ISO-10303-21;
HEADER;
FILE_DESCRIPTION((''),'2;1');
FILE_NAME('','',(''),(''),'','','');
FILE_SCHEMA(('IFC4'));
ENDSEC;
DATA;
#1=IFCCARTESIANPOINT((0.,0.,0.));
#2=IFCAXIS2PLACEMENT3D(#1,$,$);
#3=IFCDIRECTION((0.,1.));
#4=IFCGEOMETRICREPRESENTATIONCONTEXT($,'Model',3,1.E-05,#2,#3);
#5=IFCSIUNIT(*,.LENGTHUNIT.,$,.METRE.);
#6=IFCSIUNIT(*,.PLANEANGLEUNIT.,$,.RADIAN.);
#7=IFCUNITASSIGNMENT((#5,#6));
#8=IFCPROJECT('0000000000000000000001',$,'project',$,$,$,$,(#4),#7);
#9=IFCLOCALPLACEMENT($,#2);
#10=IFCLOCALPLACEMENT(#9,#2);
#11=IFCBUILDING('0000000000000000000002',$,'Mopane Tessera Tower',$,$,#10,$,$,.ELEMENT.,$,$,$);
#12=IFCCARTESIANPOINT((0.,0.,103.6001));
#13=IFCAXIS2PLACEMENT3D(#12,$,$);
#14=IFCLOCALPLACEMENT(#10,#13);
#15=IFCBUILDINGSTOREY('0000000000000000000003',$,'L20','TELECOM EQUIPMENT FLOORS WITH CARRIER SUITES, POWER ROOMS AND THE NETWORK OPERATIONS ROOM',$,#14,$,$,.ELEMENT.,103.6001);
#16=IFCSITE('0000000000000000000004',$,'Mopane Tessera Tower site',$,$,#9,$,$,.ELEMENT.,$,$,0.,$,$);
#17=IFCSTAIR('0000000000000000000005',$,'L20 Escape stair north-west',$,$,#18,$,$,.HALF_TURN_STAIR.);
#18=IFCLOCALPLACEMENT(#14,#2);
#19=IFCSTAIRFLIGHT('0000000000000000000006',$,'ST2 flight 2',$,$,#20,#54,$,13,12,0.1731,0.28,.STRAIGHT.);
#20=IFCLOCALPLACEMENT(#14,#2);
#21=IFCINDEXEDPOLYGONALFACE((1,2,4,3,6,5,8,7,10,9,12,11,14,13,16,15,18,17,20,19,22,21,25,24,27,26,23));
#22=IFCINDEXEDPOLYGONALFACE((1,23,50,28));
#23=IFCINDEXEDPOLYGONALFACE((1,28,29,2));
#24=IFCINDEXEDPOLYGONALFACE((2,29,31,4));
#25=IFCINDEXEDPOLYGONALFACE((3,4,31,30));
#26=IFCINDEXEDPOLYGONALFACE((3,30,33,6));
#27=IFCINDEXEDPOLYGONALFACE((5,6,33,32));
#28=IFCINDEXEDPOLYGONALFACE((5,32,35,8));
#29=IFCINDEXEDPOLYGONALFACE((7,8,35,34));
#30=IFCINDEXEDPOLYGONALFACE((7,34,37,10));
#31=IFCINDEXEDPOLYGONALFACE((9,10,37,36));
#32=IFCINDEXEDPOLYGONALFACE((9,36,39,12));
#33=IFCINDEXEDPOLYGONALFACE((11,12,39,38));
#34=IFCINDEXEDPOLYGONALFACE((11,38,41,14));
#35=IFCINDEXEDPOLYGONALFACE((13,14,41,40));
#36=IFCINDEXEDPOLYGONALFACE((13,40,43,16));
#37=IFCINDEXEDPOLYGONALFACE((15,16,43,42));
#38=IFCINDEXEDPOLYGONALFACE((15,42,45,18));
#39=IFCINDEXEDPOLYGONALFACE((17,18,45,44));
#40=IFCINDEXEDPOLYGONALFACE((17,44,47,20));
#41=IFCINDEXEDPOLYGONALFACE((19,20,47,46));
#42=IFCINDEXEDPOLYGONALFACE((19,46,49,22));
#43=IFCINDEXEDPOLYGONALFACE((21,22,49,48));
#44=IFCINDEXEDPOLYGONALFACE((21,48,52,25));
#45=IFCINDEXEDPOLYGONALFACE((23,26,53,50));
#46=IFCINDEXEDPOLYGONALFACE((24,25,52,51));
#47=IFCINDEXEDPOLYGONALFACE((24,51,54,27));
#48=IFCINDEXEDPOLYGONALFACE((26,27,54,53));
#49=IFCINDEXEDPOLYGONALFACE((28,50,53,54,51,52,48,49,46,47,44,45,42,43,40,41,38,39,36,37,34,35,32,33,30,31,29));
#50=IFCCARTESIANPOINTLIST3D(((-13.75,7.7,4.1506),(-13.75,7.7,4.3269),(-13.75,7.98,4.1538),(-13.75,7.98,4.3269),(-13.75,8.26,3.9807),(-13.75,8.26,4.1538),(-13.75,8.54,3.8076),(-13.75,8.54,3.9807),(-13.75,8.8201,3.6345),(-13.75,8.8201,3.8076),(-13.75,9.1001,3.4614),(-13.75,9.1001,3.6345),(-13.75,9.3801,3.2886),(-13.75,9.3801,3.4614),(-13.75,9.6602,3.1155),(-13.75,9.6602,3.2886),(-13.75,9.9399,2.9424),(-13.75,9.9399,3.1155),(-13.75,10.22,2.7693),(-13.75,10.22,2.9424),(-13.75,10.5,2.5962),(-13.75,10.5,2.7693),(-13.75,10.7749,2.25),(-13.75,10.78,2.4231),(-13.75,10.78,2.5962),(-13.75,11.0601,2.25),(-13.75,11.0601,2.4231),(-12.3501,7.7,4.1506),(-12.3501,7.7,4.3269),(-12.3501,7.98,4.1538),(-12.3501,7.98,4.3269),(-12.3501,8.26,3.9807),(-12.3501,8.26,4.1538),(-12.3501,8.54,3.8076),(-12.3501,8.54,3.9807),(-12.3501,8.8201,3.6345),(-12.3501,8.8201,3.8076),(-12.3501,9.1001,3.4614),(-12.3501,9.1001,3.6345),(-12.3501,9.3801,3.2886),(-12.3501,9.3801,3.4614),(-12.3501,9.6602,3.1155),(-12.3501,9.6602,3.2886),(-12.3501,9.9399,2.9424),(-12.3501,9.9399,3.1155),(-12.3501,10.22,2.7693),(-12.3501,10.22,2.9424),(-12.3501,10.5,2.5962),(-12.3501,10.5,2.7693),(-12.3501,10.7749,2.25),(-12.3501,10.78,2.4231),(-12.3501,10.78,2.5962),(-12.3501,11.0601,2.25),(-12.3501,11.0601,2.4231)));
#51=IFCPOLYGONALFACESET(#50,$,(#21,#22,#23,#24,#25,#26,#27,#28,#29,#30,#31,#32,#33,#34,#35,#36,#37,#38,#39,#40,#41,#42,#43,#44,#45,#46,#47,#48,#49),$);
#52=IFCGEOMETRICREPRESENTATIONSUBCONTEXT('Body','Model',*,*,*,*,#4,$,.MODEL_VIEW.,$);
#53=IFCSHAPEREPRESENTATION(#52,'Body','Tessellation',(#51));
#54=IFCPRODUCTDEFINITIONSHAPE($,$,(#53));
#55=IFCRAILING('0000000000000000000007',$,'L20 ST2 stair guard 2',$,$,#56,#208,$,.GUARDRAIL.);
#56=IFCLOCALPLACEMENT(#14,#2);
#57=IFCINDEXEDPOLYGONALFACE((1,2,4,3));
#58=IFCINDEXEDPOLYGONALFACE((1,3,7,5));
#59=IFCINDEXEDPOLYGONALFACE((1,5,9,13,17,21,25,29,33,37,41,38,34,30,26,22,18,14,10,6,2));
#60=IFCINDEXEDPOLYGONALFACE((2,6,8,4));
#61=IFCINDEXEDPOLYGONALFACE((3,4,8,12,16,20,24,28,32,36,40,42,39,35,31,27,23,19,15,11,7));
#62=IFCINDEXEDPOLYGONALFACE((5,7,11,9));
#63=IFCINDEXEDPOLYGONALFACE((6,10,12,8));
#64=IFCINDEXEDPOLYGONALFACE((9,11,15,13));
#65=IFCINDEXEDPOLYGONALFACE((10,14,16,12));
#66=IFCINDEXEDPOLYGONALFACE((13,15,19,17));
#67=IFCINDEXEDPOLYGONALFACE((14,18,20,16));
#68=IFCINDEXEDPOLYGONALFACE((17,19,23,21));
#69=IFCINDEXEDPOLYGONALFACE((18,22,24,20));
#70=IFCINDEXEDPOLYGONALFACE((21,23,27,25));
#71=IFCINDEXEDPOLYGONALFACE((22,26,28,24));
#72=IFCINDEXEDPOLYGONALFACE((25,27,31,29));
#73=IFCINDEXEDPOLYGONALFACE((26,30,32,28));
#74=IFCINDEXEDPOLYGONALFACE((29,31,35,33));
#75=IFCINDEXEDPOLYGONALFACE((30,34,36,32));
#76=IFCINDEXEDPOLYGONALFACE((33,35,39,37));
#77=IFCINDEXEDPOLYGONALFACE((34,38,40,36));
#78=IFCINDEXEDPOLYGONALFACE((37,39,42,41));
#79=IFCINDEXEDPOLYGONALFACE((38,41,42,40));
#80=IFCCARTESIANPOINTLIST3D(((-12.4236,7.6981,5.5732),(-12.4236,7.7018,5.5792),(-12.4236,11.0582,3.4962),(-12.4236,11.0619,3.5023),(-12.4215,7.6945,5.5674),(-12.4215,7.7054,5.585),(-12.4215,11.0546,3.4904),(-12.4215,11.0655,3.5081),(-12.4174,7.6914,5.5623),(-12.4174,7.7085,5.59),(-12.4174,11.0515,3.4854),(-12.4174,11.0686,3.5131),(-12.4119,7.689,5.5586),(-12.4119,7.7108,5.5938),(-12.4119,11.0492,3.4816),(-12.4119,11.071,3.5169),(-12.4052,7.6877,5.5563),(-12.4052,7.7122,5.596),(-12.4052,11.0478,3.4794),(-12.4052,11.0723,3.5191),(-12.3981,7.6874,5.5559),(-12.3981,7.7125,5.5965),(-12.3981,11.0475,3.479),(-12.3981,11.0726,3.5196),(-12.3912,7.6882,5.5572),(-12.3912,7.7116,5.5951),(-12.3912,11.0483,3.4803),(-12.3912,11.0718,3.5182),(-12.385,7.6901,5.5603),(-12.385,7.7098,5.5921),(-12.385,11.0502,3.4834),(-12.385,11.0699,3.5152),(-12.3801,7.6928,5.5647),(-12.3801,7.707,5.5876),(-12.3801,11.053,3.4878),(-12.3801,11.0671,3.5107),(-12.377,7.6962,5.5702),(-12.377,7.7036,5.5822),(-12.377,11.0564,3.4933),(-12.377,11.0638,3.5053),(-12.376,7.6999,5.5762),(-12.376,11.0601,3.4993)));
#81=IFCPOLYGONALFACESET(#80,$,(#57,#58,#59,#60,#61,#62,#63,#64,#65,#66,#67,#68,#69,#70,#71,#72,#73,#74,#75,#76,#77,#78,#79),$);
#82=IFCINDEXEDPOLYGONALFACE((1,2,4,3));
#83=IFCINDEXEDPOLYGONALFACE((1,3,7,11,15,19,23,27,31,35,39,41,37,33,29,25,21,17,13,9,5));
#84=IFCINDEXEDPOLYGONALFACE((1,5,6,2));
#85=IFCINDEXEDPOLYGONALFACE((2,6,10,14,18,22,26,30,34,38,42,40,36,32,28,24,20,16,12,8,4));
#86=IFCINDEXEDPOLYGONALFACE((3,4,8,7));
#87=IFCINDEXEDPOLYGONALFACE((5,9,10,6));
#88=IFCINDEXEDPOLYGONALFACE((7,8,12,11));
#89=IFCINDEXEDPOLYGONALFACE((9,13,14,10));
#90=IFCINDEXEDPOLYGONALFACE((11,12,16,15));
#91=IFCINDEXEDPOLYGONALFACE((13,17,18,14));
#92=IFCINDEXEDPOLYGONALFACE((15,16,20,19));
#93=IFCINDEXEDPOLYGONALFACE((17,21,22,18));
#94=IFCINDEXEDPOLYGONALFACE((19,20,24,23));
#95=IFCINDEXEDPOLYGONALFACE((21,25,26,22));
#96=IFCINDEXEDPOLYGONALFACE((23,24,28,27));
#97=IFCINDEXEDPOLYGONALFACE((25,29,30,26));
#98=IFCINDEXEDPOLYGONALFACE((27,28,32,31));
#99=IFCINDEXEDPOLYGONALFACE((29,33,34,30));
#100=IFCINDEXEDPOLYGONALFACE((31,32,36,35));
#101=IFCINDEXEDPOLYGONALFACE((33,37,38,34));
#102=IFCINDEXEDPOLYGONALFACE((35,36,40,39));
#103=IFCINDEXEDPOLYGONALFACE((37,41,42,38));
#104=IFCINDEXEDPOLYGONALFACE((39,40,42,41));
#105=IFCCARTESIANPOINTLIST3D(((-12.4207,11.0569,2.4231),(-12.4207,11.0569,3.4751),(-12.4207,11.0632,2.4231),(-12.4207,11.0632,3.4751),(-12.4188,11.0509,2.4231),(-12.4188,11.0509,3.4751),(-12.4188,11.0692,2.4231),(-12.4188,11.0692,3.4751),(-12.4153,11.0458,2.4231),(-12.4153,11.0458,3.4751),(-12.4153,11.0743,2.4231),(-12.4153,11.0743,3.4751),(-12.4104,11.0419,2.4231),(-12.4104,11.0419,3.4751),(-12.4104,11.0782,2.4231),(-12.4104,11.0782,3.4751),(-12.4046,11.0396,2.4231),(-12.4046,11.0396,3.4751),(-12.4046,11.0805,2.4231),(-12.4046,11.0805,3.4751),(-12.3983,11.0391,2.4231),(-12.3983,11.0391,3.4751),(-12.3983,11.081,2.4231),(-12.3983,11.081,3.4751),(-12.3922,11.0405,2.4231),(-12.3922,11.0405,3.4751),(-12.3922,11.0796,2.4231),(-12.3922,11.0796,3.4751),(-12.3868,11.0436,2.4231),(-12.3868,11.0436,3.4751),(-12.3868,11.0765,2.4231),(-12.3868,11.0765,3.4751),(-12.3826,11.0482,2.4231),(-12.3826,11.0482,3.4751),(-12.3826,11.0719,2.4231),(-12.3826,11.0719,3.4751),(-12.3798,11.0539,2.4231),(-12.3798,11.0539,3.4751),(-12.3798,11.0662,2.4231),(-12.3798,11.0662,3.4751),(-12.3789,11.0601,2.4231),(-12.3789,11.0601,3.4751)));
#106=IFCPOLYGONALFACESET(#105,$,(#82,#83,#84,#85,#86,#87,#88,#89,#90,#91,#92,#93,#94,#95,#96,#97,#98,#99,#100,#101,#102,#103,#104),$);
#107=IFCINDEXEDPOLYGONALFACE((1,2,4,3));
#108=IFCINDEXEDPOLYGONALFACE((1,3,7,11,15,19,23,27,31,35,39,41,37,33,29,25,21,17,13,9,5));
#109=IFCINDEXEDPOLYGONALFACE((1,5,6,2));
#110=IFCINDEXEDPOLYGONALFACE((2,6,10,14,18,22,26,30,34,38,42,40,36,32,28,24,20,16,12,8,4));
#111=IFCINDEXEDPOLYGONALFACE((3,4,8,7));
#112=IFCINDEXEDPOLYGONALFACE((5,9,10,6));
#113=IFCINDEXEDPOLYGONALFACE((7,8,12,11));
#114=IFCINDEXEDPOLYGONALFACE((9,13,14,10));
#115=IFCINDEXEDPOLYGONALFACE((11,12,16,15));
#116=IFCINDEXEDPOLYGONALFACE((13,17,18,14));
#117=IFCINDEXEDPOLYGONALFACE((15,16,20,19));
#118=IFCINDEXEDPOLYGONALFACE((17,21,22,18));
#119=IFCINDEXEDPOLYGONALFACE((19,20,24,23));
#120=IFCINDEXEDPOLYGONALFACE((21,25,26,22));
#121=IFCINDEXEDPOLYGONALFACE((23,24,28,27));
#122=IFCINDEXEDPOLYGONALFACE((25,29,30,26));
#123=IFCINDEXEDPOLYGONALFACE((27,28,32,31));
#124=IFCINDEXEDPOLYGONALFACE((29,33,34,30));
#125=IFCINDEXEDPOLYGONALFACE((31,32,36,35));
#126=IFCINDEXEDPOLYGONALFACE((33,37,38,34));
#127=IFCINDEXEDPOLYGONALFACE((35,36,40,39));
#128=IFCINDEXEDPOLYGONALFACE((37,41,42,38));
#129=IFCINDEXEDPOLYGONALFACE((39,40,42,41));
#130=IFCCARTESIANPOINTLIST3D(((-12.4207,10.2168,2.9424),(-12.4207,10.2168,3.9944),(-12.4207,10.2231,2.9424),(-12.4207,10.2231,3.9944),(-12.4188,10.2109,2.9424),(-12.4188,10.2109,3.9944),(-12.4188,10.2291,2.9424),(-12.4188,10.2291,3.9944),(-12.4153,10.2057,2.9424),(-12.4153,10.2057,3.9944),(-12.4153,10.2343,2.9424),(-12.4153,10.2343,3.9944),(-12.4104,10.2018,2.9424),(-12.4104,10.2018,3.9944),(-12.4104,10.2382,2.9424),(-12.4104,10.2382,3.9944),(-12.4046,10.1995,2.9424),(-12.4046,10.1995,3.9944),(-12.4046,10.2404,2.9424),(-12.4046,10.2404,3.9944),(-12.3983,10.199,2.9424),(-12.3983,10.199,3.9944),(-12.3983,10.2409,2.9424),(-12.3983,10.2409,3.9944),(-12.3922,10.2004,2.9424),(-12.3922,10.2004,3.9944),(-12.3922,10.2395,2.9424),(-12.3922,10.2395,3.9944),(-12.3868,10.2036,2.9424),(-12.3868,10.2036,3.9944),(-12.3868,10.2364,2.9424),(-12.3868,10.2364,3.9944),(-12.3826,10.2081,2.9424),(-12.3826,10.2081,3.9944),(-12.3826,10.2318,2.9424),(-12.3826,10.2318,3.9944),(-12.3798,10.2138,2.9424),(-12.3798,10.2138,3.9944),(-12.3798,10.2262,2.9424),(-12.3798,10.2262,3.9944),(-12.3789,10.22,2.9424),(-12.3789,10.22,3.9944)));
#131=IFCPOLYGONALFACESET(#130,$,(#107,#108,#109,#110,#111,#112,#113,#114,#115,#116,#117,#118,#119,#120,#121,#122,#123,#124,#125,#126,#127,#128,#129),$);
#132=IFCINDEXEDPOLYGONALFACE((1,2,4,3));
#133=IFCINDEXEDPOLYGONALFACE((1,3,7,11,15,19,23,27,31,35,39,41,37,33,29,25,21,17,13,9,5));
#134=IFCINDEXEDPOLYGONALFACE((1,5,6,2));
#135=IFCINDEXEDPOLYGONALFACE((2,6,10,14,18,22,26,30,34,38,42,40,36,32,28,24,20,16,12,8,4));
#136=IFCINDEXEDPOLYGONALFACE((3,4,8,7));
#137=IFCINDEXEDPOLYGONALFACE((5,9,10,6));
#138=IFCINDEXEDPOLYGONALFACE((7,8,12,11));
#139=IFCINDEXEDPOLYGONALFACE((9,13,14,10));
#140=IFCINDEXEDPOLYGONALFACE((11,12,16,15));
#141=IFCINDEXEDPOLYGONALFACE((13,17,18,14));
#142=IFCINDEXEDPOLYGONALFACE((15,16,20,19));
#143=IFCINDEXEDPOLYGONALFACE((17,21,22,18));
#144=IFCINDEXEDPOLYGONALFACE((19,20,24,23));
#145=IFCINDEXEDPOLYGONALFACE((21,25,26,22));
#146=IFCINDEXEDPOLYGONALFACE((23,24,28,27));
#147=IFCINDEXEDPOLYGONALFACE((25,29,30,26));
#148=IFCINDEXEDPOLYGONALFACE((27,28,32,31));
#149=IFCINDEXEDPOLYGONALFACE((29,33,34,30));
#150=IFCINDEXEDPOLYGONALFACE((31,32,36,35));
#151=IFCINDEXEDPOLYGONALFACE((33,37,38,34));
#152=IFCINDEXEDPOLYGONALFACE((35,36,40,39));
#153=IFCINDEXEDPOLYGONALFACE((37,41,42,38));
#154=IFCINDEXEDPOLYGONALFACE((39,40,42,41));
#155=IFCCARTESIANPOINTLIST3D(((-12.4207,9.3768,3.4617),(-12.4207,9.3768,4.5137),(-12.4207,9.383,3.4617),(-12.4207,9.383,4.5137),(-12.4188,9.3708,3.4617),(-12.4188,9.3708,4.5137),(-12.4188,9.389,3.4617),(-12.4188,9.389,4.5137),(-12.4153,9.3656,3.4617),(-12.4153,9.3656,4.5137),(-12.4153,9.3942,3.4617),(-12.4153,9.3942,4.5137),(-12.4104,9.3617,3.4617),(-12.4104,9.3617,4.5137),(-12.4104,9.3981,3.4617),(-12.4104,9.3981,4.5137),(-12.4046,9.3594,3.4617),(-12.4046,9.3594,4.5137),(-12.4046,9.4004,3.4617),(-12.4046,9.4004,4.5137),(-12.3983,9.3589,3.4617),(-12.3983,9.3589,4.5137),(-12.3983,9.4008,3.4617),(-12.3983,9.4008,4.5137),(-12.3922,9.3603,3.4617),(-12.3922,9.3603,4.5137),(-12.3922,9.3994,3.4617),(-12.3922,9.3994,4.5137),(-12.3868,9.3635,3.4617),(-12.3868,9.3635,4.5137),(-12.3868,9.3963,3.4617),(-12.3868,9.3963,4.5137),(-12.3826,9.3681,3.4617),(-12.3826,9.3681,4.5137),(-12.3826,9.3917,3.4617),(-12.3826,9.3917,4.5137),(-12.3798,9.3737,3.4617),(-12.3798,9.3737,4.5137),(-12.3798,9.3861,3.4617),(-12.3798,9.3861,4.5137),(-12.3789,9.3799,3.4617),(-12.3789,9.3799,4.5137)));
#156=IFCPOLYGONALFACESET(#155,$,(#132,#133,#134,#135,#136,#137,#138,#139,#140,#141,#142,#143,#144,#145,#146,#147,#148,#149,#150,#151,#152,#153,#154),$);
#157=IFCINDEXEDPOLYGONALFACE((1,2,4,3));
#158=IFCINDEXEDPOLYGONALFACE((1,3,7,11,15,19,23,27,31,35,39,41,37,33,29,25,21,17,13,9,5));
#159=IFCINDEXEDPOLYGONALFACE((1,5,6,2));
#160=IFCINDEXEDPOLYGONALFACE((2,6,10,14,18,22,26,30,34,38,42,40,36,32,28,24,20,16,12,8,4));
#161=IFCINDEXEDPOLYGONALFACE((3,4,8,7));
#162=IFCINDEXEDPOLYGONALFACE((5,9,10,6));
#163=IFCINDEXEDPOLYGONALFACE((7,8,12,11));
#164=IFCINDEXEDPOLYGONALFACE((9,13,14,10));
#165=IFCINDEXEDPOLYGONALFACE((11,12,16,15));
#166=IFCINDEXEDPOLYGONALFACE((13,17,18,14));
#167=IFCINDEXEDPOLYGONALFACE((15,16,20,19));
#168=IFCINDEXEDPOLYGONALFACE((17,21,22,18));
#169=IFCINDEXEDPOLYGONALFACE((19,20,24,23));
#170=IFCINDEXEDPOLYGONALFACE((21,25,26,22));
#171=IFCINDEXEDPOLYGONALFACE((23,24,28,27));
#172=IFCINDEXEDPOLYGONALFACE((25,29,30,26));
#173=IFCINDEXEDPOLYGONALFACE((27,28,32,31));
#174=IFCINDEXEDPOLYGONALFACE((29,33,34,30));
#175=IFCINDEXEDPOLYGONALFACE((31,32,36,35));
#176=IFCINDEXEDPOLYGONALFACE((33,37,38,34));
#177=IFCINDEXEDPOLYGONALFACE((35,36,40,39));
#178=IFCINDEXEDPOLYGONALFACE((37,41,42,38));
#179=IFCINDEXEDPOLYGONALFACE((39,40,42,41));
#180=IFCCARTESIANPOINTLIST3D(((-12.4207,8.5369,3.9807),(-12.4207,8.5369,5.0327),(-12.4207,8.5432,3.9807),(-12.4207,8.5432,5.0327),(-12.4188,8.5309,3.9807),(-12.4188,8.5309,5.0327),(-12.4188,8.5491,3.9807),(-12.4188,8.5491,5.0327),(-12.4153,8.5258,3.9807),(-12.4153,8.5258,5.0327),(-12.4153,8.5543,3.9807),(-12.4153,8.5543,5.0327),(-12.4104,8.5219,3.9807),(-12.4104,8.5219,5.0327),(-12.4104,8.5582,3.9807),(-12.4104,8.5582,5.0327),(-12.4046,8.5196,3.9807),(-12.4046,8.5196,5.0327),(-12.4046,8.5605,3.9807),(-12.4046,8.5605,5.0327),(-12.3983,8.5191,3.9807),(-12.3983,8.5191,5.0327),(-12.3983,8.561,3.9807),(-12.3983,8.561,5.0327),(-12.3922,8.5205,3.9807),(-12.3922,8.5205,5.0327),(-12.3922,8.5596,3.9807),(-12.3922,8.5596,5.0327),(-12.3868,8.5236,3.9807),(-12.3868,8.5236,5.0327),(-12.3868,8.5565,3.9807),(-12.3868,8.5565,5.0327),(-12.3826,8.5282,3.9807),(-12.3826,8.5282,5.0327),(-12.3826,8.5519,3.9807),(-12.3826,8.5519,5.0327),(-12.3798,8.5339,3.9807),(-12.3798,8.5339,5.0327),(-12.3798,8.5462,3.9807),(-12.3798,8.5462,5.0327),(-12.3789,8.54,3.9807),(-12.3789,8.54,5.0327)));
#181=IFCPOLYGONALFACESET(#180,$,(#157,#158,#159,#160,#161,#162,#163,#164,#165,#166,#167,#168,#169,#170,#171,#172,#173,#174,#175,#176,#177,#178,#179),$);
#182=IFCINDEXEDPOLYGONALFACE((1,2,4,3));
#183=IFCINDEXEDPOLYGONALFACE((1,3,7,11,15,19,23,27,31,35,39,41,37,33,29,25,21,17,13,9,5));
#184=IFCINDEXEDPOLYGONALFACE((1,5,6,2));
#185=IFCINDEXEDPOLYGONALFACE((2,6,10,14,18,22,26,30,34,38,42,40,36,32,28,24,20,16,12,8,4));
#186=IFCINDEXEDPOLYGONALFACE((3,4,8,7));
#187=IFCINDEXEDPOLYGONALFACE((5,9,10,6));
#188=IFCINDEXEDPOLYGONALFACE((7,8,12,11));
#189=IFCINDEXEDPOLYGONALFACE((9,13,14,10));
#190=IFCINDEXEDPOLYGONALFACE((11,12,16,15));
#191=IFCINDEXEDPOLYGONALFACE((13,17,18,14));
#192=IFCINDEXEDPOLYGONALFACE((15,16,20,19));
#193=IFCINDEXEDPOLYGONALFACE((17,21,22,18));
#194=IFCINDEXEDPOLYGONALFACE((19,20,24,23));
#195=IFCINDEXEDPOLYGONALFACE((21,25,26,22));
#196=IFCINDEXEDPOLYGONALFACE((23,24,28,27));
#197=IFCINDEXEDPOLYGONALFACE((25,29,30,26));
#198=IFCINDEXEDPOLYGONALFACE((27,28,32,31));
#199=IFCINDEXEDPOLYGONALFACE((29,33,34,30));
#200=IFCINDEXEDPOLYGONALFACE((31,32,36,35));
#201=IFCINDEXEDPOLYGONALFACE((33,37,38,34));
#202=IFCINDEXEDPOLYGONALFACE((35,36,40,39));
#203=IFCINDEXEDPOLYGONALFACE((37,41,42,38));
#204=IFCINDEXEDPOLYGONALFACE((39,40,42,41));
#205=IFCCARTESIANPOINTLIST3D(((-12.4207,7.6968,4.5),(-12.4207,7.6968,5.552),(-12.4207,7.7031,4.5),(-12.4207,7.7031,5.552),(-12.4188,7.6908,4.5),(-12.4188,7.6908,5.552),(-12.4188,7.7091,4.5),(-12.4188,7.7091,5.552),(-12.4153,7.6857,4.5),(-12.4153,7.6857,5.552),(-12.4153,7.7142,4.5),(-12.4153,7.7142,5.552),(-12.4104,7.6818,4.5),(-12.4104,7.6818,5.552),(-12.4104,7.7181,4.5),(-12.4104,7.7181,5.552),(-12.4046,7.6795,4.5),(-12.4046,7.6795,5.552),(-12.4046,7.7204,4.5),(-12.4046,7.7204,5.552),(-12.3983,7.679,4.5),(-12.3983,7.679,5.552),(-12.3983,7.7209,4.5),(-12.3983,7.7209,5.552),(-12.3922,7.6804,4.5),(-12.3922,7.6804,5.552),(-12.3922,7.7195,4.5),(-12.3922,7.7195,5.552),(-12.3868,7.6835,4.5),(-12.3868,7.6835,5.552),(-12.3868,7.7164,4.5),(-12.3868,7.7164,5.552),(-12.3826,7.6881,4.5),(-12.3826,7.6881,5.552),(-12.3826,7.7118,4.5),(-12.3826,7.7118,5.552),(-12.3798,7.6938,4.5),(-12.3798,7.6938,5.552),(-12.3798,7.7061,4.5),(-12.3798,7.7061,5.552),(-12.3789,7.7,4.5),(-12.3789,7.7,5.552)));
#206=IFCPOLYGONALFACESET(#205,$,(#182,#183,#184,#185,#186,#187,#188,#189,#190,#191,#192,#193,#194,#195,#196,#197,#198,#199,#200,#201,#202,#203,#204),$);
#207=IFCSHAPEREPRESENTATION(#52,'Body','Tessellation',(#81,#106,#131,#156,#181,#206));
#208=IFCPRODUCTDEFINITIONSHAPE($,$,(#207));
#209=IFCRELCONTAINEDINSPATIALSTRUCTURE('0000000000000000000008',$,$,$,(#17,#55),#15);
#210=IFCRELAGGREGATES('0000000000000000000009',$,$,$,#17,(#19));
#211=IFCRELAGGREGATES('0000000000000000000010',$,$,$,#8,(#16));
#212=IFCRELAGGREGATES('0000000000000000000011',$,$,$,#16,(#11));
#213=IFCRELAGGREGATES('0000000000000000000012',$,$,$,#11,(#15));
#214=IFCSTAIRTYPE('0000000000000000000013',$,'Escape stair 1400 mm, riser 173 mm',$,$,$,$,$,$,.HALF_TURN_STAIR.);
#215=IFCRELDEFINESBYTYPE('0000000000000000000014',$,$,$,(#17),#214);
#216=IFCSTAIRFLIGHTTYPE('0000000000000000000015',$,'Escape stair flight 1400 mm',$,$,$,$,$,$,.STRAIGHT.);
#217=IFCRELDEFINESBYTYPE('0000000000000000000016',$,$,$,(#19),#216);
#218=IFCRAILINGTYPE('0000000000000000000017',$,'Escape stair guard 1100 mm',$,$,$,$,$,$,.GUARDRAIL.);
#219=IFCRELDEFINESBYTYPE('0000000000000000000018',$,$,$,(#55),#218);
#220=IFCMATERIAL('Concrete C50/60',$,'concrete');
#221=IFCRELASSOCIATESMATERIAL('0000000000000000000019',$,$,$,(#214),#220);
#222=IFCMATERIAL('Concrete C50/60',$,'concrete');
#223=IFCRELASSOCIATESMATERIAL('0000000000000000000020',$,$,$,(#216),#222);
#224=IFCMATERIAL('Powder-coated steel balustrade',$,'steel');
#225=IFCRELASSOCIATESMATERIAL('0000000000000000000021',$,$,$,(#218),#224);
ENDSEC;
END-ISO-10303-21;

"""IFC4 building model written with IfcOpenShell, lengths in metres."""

from ifc_helpers import new_model, si_unit, direction, frame, origin, origin_2d, place, context, subcontext, project, spatial, polyline, circle, outline, extrude, material, type_object, element, aggregate, save


model = new_model("IFC4")

# Units and contexts
model_context = context("Model", 3, precision=1e-05, world=origin(), true_north=direction((0.0, 1.0)))
body_context = subcontext(model_context, "Body", "Model", "MODEL_VIEW")
ifc_project = project(units=[si_unit("LENGTHUNIT", "METRE"), si_unit("PLANEANGLEUNIT", "RADIAN")], contexts=[model_context])

# Site, building, storey
site_placement = place(None, origin())
site = spatial("IfcSite", under=ifc_project, at=site_placement, Name="Mopane Tessera Tower site", CompositionType="ELEMENT", RefElevation=0.0)
building_placement = place(site_placement, origin())
building = spatial("IfcBuilding", under=site, at=building_placement, Name="Mopane Tessera Tower", CompositionType="ELEMENT")
storey_placement = place(building_placement, frame((0.0, 0.0, 103.6001)))
storey = spatial("IfcBuildingStorey", under=building, at=storey_placement, Name="L20", Description="TELECOM EQUIPMENT FLOORS WITH CARRIER SUITES, POWER ROOMS AND THE NETWORK OPERATIONS ROOM", CompositionType="ELEMENT", Elevation=103.6001)

# Stair, stair flight
ifc_material_1 = material(Name="Concrete C50/60", Category="concrete")
stair_type = type_object("IfcStairType", Name="Escape stair 1400 mm, riser 173 mm", PredefinedType="HALF_TURN_STAIR", material=ifc_material_1)
stair_placement = place(storey_placement, origin())
stair = element("IfcStair", 1, at=stair_placement, inside=storey, type_object=stair_type, Name="L20 Escape stair north-west", PredefinedType="HALF_TURN_STAIR")
ifc_material_2 = material(Name="Concrete C50/60", Category="concrete")
stair_flight_type = type_object("IfcStairFlightType", Name="Escape stair flight 1400 mm", PredefinedType="STRAIGHT", material=ifc_material_2)
stair_flight_placement = place(storey_placement, frame((-13.05, 11.0601, 2.25), z_axis=(0.0, 0.0, 1.0), x_axis=(0.0, -1.0, 0.0)))
stair_flight = element("IfcStairFlight", 2, at=stair_flight_placement, type_object=stair_flight_type, Name="ST2 flight 2", NumberOfRisers=13, NumberOfTreads=12, PredefinedType="STRAIGHT", RiserHeight=0.1731, TreadLength=0.28, context=body_context, shape_type="SweptSolid", body=[
    extrude(outline(polyline([(0.0, 0.0), (0.0, 0.1731), (0.28, 0.1731), (0.28, 0.3462), (0.5601, 0.3462), (0.5601, 0.5193), (0.8401, 0.5193), (0.8401, 0.6924), (1.1201, 0.6924), (1.1201, 0.8655), (1.3999, 0.8655), (1.3999, 1.0386), (1.6799, 1.0386), (1.6799, 1.2114), (1.96, 1.2114), (1.96, 1.3845), (2.24, 1.3845), (2.24, 1.5576), (2.52, 1.5576), (2.52, 1.7307), (2.8, 1.7307), (2.8, 1.9038), (3.0801, 1.9038), (3.0801, 2.0769), (3.3601, 2.0769), (3.3601, 2.25), (3.3601, 1.9006), (0.2852, 0.0), (0.0, 0.0)])), frame((0.0, 0.7, 0.0), z_axis=(0.0, -1.0, 0.0), x_axis=(1.0, 0.0, 0.0)), (0.0, 0.0, 1.0), 1.3999),
])
aggregate(stair, [stair_flight])

# Railing
ifc_material_3 = material(Name="Powder-coated steel balustrade", Category="steel")
railing_type = type_object("IfcRailingType", Name="Escape stair guard 1100 mm", PredefinedType="GUARDRAIL", material=ifc_material_3)
railing_placement = place(storey_placement, frame((-12.3999, 11.0601, 2.4231)))
element("IfcRailing", 3, at=railing_placement, inside=storey, type_object=railing_type, Name="L20 ST2 stair guard 2", PredefinedType="GUARDRAIL", context=body_context, shape_type="SweptSolid", body=[
    extrude(circle(Radius=0.0239, at=origin_2d()), frame((0.0, 0.0, 1.0762), z_axis=(0.0, -0.850623, 0.525776), x_axis=(1.0, 0.0, 0.0)), (0.0, 0.0, 1.0), 3.9502),
    extrude(circle(Radius=0.021, at=origin_2d()), origin(), (0.0, 0.0, 1.0), 1.052),
    extrude(circle(Radius=0.021, at=origin_2d()), frame((0.0, -0.8401, 0.5193)), (0.0, 0.0, 1.0), 1.052),
    extrude(circle(Radius=0.021, at=origin_2d()), frame((0.0, -1.6802, 1.0386)), (0.0, 0.0, 1.0), 1.052),
    extrude(circle(Radius=0.021, at=origin_2d()), frame((0.0, -2.52, 1.5576)), (0.0, 0.0, 1.0), 1.052),
    extrude(circle(Radius=0.021, at=origin_2d()), frame((0.0, -3.3601, 2.0769)), (0.0, 0.0, 1.0), 1.052),
])

save(model, "model.ifc")
